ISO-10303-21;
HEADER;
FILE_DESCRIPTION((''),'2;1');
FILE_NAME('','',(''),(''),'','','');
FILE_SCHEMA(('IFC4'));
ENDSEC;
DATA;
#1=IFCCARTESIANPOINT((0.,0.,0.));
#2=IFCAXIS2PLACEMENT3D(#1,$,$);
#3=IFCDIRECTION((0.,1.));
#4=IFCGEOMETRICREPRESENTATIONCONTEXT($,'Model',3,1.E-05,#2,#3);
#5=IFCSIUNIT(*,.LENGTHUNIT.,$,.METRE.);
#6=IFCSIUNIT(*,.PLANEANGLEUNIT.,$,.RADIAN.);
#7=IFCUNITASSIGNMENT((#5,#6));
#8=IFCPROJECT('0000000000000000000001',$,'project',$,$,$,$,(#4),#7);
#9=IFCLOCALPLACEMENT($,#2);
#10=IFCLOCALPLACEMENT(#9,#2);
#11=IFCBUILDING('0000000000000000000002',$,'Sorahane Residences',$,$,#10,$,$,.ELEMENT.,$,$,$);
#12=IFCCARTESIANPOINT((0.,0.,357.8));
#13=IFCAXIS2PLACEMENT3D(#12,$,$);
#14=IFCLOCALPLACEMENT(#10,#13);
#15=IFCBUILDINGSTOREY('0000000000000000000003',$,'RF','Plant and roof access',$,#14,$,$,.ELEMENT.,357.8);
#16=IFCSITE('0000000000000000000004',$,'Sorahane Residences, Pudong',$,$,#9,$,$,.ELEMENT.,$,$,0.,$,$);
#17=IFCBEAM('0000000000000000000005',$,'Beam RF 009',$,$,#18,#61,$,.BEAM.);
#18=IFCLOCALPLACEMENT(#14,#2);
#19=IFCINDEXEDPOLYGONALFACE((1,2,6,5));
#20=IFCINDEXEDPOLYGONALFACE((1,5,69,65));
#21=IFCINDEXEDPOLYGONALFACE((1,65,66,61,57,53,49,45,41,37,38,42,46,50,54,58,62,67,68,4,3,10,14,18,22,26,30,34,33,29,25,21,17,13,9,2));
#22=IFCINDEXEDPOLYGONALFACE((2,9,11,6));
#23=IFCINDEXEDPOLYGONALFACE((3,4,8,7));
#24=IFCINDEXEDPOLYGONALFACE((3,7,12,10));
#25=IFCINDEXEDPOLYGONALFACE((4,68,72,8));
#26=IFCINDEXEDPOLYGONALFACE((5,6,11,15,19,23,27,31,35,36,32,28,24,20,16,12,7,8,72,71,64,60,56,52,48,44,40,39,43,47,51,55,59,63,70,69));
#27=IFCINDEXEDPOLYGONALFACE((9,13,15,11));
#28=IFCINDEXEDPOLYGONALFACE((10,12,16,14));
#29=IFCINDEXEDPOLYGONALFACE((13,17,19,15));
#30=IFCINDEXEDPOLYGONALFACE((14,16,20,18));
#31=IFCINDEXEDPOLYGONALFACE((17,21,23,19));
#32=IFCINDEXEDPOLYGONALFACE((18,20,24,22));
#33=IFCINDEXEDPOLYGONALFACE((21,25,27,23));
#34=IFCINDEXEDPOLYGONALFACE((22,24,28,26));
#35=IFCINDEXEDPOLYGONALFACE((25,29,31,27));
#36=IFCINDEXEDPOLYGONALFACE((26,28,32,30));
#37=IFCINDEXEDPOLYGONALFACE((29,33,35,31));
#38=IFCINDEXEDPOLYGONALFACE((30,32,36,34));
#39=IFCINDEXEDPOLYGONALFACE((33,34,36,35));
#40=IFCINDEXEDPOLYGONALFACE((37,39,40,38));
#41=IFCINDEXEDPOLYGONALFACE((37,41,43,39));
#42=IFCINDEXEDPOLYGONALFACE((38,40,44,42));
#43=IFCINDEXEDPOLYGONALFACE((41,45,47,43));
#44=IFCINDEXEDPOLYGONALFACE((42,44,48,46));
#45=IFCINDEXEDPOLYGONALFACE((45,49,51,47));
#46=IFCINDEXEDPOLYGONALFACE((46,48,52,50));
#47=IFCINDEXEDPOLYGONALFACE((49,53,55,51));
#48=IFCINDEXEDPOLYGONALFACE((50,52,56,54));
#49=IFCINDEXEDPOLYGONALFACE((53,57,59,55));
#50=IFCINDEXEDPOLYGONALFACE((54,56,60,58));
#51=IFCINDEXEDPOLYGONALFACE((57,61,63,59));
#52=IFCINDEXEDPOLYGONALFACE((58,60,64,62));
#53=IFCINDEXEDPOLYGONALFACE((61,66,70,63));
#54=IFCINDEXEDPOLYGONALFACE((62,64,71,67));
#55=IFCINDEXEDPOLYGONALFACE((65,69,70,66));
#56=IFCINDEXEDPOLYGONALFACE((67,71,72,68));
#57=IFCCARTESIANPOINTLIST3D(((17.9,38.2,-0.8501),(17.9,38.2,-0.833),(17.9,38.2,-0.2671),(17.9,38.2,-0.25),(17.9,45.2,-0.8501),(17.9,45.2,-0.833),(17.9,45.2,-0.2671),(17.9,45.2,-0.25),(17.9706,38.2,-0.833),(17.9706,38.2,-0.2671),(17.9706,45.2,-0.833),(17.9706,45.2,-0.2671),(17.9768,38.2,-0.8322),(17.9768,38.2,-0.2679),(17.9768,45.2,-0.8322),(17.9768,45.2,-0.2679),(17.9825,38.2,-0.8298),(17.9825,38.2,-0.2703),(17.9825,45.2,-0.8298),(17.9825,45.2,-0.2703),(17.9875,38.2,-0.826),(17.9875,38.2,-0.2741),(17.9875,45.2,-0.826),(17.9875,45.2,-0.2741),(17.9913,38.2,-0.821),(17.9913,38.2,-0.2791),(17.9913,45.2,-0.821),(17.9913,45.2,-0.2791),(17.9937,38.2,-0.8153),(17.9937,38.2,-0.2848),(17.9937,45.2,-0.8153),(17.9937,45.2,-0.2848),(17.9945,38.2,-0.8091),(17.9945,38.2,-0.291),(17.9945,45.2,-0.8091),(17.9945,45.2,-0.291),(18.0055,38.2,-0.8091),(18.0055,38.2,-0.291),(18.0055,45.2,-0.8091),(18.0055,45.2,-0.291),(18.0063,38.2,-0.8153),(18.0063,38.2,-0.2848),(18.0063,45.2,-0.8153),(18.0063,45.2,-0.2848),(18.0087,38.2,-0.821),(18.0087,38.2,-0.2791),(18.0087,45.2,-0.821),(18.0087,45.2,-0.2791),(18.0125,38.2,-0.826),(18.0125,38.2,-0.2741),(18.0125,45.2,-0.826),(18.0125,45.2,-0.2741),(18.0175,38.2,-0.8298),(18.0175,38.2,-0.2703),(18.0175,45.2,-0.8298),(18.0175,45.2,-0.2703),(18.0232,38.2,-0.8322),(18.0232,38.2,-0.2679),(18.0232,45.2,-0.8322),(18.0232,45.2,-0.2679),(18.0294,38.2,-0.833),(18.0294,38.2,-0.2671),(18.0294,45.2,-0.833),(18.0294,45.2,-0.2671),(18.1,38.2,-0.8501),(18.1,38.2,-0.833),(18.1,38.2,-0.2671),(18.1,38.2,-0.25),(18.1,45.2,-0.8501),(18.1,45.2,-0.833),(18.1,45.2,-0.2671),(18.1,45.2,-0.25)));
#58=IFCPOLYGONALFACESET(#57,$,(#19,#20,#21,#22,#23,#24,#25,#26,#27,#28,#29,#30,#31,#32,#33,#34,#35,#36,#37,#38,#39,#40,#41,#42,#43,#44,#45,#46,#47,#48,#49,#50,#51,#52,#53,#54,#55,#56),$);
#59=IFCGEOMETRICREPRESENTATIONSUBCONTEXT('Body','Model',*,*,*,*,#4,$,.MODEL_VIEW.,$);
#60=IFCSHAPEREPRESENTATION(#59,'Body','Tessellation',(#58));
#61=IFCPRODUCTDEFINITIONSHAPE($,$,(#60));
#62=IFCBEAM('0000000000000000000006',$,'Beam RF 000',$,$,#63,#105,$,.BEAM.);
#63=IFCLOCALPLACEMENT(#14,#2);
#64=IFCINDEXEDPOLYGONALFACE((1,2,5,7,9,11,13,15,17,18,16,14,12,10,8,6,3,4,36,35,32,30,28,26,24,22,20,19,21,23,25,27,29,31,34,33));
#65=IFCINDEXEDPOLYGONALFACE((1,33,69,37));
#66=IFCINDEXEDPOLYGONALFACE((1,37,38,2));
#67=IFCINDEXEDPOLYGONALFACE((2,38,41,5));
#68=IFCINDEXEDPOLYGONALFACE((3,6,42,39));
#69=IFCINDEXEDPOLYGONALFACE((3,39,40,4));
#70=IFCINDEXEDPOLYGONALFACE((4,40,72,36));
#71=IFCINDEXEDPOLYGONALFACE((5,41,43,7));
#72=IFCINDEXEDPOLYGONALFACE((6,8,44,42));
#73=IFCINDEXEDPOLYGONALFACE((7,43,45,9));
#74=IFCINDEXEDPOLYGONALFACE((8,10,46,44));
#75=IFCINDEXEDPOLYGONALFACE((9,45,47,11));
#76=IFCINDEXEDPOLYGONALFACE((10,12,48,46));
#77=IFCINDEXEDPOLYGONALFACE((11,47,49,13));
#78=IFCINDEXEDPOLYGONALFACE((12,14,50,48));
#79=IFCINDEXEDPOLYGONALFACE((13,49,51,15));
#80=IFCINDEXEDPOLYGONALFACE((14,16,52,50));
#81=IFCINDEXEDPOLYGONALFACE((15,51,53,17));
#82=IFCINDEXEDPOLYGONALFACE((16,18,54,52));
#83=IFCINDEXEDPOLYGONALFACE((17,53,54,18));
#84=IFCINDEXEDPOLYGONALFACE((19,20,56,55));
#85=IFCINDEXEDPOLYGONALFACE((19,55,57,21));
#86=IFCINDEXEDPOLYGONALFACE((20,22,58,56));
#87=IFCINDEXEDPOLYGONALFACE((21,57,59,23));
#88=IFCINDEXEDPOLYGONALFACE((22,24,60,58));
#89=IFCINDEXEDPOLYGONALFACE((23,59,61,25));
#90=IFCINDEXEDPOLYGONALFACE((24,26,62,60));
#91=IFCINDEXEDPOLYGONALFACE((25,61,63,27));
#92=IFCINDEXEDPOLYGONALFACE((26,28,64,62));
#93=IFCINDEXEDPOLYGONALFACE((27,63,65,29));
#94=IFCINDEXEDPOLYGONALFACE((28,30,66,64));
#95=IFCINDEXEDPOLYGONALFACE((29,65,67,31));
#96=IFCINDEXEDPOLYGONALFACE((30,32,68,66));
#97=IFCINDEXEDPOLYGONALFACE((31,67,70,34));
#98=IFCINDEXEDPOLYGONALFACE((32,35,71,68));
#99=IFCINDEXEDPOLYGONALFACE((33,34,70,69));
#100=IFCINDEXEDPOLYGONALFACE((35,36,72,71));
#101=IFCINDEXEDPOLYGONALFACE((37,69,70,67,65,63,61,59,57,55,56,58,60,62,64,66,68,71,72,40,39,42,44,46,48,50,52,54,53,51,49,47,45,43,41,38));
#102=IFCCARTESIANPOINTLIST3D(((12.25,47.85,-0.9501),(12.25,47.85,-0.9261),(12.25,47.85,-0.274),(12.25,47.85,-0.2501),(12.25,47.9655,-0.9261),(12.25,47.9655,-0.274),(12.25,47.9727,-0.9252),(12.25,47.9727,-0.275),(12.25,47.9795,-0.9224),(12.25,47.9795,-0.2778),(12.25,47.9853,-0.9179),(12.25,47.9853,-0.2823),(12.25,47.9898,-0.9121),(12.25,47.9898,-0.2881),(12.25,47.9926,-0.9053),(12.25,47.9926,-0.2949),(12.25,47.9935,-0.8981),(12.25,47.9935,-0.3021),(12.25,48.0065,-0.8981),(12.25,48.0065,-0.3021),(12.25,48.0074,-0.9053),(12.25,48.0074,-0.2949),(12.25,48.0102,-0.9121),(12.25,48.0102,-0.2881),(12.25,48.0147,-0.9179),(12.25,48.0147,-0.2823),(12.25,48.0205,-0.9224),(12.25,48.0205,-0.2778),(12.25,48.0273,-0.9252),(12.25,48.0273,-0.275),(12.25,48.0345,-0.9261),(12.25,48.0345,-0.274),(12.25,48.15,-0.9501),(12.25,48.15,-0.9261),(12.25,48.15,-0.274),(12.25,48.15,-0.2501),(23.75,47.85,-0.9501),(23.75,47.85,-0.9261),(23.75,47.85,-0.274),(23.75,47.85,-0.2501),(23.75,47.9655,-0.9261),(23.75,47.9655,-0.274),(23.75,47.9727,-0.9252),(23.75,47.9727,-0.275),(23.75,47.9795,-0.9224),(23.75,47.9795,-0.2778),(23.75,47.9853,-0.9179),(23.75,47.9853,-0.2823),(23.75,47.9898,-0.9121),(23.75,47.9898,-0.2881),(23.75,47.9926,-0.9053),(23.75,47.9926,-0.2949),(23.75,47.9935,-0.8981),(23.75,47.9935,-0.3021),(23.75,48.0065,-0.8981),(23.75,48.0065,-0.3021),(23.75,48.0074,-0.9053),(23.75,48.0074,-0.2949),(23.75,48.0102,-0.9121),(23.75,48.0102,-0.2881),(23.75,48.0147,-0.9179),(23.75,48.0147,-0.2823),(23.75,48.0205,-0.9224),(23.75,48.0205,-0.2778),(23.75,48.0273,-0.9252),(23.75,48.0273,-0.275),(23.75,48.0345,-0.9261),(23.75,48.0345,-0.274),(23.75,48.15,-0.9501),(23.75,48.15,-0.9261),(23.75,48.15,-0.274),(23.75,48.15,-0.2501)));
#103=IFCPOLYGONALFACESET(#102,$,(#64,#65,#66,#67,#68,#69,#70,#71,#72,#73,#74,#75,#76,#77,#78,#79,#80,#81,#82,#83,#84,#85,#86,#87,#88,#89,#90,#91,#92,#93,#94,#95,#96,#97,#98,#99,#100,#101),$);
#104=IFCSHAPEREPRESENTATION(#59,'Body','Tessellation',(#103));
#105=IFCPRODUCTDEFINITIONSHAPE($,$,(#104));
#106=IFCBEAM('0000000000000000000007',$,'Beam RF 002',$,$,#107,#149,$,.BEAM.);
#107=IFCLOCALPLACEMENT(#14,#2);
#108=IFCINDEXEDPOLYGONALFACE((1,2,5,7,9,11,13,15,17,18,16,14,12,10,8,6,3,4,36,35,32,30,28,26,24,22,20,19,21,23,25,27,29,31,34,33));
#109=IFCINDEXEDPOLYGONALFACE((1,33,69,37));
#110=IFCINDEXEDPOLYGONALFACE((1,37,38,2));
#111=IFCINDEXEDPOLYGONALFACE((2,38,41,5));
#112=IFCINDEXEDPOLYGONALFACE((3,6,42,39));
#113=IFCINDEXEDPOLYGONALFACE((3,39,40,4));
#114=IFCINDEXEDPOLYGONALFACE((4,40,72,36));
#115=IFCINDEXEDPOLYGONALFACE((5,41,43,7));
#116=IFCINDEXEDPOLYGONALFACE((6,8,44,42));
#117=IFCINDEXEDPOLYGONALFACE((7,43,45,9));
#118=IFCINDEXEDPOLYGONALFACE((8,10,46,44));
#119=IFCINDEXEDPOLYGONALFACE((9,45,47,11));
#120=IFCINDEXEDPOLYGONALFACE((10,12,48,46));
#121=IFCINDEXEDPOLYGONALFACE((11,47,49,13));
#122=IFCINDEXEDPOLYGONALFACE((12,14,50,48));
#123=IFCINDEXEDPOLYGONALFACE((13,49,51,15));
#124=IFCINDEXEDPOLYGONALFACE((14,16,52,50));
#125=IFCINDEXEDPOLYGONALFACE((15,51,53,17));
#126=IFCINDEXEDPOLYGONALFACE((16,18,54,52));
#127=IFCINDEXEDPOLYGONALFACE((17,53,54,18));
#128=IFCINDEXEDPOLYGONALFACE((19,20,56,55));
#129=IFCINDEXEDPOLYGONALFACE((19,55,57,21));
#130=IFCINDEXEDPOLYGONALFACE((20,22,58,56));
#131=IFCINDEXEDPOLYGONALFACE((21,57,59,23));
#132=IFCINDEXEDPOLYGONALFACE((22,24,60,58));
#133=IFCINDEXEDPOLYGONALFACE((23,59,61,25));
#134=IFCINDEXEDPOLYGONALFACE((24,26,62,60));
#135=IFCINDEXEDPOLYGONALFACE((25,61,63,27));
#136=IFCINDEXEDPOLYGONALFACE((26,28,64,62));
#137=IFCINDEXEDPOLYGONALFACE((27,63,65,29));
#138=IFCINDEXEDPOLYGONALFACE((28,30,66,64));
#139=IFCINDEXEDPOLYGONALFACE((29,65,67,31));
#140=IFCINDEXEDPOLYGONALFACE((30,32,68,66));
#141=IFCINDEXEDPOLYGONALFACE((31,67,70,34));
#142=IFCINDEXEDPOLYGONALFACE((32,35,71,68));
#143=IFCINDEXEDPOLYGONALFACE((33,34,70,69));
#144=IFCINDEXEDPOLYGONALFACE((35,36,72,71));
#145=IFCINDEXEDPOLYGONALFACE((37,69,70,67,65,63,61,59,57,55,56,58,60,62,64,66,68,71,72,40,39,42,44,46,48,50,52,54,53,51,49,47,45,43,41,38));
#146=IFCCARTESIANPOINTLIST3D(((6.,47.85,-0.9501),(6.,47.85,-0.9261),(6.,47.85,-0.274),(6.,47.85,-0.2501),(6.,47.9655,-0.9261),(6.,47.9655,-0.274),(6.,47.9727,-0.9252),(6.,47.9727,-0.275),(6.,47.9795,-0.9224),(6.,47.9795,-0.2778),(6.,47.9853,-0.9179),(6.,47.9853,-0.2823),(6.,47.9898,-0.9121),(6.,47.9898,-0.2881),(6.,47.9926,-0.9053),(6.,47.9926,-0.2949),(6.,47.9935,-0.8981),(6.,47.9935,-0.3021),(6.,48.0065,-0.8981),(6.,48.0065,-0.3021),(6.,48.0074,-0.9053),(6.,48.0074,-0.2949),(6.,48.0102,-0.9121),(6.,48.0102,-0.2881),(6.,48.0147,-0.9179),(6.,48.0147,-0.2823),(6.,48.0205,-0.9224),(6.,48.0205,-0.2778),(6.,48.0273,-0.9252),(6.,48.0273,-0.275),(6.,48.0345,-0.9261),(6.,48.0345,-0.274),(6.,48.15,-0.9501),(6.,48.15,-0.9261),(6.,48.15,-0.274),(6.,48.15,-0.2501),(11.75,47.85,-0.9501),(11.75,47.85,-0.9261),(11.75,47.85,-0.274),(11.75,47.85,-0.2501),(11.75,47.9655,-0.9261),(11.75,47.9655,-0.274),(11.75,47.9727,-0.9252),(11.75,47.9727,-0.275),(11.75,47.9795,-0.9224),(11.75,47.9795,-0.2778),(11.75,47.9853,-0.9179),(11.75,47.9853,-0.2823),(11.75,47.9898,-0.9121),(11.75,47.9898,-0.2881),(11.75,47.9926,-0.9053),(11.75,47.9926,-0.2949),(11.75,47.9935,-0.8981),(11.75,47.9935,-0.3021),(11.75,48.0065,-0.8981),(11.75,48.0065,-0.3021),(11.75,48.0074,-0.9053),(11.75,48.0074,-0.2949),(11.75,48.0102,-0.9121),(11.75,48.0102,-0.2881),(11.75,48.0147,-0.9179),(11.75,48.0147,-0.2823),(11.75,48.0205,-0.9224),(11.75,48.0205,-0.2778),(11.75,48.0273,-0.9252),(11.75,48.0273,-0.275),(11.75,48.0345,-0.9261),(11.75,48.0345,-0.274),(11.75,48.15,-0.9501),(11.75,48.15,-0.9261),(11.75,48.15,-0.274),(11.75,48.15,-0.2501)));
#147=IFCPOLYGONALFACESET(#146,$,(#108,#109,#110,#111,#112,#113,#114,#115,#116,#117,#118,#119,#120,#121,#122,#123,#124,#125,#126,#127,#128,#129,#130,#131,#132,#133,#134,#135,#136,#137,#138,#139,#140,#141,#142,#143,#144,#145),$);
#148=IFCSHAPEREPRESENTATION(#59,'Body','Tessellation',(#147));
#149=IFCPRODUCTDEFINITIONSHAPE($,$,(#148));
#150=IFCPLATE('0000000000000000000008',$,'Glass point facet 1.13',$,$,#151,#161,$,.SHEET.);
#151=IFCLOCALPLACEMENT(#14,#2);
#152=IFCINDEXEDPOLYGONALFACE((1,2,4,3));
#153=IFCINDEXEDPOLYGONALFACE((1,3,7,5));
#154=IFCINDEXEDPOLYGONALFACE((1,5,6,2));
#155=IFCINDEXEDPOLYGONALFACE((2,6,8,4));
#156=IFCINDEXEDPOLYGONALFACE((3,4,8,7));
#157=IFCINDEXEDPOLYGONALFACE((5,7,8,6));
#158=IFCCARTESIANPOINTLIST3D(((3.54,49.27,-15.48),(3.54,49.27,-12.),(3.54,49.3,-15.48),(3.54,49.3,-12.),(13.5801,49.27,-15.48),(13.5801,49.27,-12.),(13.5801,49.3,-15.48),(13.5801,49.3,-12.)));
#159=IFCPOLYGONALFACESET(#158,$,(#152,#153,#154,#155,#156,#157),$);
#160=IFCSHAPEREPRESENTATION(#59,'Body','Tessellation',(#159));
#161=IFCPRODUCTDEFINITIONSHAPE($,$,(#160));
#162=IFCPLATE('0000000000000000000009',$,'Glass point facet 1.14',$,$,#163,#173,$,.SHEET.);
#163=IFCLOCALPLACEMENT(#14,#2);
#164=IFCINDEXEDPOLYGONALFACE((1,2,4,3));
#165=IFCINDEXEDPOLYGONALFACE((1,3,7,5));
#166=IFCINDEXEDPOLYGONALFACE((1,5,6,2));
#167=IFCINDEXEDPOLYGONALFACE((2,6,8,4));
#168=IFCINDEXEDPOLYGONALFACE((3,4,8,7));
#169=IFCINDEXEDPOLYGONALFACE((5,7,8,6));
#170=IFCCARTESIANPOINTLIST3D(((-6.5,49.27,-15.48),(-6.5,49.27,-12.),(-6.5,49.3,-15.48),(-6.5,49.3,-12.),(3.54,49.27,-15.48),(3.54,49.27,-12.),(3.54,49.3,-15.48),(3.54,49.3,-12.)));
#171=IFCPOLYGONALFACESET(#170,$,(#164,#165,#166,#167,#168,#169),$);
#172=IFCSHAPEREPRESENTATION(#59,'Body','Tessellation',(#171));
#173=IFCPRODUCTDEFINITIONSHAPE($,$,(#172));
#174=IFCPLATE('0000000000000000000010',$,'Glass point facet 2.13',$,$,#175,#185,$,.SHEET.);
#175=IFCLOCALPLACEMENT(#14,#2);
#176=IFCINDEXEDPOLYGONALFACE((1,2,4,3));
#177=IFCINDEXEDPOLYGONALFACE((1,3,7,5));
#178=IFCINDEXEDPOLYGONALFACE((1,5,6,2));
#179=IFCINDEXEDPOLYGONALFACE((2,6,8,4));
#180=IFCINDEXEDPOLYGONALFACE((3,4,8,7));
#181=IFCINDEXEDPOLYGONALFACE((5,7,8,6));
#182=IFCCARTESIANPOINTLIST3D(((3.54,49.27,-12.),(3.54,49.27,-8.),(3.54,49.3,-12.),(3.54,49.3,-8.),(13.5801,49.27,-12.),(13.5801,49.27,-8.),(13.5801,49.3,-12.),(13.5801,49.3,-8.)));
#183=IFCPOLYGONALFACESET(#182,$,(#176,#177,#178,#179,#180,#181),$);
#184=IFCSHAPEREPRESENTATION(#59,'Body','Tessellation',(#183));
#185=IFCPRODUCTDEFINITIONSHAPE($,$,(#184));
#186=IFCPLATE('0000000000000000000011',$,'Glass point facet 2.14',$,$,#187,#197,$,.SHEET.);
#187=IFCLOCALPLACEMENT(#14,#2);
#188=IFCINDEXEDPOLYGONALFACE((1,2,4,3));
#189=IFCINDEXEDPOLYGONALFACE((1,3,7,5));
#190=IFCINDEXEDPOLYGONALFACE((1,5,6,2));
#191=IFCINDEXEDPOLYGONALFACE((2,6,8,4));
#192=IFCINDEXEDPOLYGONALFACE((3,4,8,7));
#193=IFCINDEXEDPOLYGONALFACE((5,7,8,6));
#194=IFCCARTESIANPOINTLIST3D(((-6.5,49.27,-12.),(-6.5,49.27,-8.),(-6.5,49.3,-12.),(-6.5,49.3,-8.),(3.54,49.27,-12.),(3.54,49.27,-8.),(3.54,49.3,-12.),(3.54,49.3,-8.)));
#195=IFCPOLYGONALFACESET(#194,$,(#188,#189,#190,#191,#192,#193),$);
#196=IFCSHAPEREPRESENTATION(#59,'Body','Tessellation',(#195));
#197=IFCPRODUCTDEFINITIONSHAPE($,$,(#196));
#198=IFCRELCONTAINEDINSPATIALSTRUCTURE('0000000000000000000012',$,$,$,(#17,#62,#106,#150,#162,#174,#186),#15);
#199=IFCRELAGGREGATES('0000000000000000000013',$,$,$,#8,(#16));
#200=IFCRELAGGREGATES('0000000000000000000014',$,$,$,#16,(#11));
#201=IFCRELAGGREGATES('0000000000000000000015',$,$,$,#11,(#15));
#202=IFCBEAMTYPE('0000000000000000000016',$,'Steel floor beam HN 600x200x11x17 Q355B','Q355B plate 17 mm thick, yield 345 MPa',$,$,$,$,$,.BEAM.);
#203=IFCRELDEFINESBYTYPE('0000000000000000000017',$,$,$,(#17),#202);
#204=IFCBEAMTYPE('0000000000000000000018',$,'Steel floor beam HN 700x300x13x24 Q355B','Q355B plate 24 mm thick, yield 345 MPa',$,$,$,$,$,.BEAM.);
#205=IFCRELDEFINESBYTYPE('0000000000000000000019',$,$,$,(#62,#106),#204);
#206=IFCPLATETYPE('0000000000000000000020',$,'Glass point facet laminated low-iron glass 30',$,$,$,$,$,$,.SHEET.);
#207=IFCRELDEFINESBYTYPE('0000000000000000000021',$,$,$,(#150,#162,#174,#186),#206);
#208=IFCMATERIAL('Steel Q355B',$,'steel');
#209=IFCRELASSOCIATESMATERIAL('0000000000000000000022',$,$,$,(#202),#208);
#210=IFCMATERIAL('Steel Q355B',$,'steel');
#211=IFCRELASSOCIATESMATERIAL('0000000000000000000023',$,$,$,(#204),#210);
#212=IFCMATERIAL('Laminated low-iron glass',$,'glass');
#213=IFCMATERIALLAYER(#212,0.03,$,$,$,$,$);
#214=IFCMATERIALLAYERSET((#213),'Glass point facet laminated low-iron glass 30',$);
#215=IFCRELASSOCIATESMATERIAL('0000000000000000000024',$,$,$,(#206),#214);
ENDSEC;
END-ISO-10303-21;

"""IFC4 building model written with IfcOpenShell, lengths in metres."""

from ifc_helpers import new_model, si_unit, direction, frame, origin, origin_2d, place, context, subcontext, project, spatial, polyline, i_section, outline, extrude, material, layer, layer_set, material_profile, profile_set, type_object, element, save


model = new_model("IFC4")

# Units and contexts
model_context = context("Model", 3, precision=1e-05, world=origin(), true_north=direction((0.0, 1.0)))
body_context = subcontext(model_context, "Body", "Model", "MODEL_VIEW")
ifc_project = project(units=[si_unit("LENGTHUNIT", "METRE"), si_unit("PLANEANGLEUNIT", "RADIAN")], contexts=[model_context])

# Site, building, storey
site_placement = place(None, origin())
site = spatial("IfcSite", under=ifc_project, at=site_placement, Name="Sorahane Residences, Pudong", CompositionType="ELEMENT", RefElevation=0.0)
building_placement = place(site_placement, origin())
building = spatial("IfcBuilding", under=site, at=building_placement, Name="Sorahane Residences", CompositionType="ELEMENT")
storey_placement = place(building_placement, frame((0.0, 0.0, 357.8)))
storey = spatial("IfcBuildingStorey", under=building, at=storey_placement, Name="RF", Description="Plant and roof access", CompositionType="ELEMENT", Elevation=357.8)

# Beams
ifc_material_1 = material(Name="Steel Q355B", Category="steel")
ifc_material_profile_1 = material_profile(ifc_material_1, i_section(OverallWidth=0.2, OverallDepth=0.6001, WebThickness=0.011, FlangeThickness=0.0171, FilletRadius=0.0239, at=origin_2d()), Name="HN 600x200x11x17")
ifc_profile_set_1 = profile_set([ifc_material_profile_1], Name="Steel Q355B")
beam_type_1 = type_object("IfcBeamType", Name="Steel floor beam HN 600x200x11x17 Q355B", Description="Q355B plate 17 mm thick, yield 345 MPa", PredefinedType="BEAM", material=ifc_profile_set_1)
for number, where, z_axis, x_axis, name in (
    (1, (18.0, 38.2, -0.55), (0.0, 1.0, 0.0), (-1.0, 0.0, 0.0), "Beam RF 009"),
):
    element("IfcBeam", number, at=place(storey_placement, frame(where, z_axis=z_axis, x_axis=x_axis)), inside=storey, type_object=beam_type_1, Name=name, PredefinedType="BEAM", context=body_context, shape_type="SweptSolid", body=[
        extrude(i_section(OverallWidth=0.2, OverallDepth=0.6001, WebThickness=0.011, FlangeThickness=0.0171, FilletRadius=0.0239, at=origin_2d()), origin(), (0.0, 0.0, 1.0), 7.0),
    ])
ifc_material_2 = material(Name="Steel Q355B", Category="steel")
ifc_material_profile_2 = material_profile(ifc_material_2, i_section(OverallWidth=0.3, OverallDepth=0.7, WebThickness=0.0129, FlangeThickness=0.0239, FilletRadius=0.0281, at=origin_2d()), Name="HN 700x300x13x24")
ifc_profile_set_2 = profile_set([ifc_material_profile_2], Name="Steel Q355B")
beam_type_2 = type_object("IfcBeamType", Name="Steel floor beam HN 700x300x13x24 Q355B", Description="Q355B plate 24 mm thick, yield 345 MPa", PredefinedType="BEAM", material=ifc_profile_set_2)
beam_1_placement = place(storey_placement, frame((12.25, 48.0, -0.6001), z_axis=(1.0, 0.0, 0.0), x_axis=(0.0, 1.0, 0.0)))
element("IfcBeam", 2, at=beam_1_placement, inside=storey, type_object=beam_type_2, Name="Beam RF 000", PredefinedType="BEAM", context=body_context, shape_type="SweptSolid", body=[
    extrude(i_section(OverallWidth=0.3, OverallDepth=0.7, WebThickness=0.0129, FlangeThickness=0.0239, FilletRadius=0.0281, at=origin_2d()), origin(), (0.0, 0.0, 1.0), 11.5),
])
beam_2_placement = place(storey_placement, frame((6.0, 48.0, -0.6001), z_axis=(1.0, 0.0, 0.0), x_axis=(0.0, 1.0, 0.0)))
element("IfcBeam", 3, at=beam_2_placement, inside=storey, type_object=beam_type_2, Name="Beam RF 002", PredefinedType="BEAM", context=body_context, shape_type="SweptSolid", body=[
    extrude(i_section(OverallWidth=0.3, OverallDepth=0.7, WebThickness=0.0129, FlangeThickness=0.0239, FilletRadius=0.0281, at=origin_2d()), origin(), (0.0, 0.0, 1.0), 5.75),
])

# Plates
ifc_material_3 = material(Name="Laminated low-iron glass", Category="glass")
ifc_layer = layer(ifc_material_3, 0.03)
ifc_layer_set = layer_set([ifc_layer], Name="Glass point facet laminated low-iron glass 30")
plate_type = type_object("IfcPlateType", Name="Glass point facet laminated low-iron glass 30", PredefinedType="SHEET", material=ifc_layer_set)
for number, where, z_axis, x_axis, name in (
    (4, (13.5801, 49.3, -15.48), (0.0, 1.0, 0.0), (-1.0, 0.0, 0.0), "Glass point facet 1.13"),
    (5, (3.54, 49.3, -15.48), (0.0, 1.0, 0.0), (-1.0, 0.0, 0.0), "Glass point facet 1.14"),
):
    element("IfcPlate", number, at=place(storey_placement, frame(where, z_axis=z_axis, x_axis=x_axis)), inside=storey, type_object=plate_type, Name=name, PredefinedType="SHEET", context=body_context, shape_type="SweptSolid", body=[
        extrude(outline(polyline([(0.0, 0.0), (10.04, 0.0), (10.04, 3.48), (0.0, 3.48), (0.0, 0.0)])), origin(), (0.0, 0.0, -1.0), 0.03),
    ])
for number, where, z_axis, x_axis, name in (
    (6, (13.5801, 49.3, -12.0), (0.0, 1.0, 0.0), (-1.0, 0.0, 0.0), "Glass point facet 2.13"),
    (7, (3.54, 49.3, -12.0), (0.0, 1.0, 0.0), (-1.0, 0.0, 0.0), "Glass point facet 2.14"),
):
    element("IfcPlate", number, at=place(storey_placement, frame(where, z_axis=z_axis, x_axis=x_axis)), inside=storey, type_object=plate_type, Name=name, PredefinedType="SHEET", context=body_context, shape_type="SweptSolid", body=[
        extrude(outline(polyline([(0.0, 0.0), (10.04, 0.0), (10.04, 4.0), (0.0, 4.0), (0.0, 0.0)])), origin(), (0.0, 0.0, -1.0), 0.03),
    ])

save(model, "model.ifc")
